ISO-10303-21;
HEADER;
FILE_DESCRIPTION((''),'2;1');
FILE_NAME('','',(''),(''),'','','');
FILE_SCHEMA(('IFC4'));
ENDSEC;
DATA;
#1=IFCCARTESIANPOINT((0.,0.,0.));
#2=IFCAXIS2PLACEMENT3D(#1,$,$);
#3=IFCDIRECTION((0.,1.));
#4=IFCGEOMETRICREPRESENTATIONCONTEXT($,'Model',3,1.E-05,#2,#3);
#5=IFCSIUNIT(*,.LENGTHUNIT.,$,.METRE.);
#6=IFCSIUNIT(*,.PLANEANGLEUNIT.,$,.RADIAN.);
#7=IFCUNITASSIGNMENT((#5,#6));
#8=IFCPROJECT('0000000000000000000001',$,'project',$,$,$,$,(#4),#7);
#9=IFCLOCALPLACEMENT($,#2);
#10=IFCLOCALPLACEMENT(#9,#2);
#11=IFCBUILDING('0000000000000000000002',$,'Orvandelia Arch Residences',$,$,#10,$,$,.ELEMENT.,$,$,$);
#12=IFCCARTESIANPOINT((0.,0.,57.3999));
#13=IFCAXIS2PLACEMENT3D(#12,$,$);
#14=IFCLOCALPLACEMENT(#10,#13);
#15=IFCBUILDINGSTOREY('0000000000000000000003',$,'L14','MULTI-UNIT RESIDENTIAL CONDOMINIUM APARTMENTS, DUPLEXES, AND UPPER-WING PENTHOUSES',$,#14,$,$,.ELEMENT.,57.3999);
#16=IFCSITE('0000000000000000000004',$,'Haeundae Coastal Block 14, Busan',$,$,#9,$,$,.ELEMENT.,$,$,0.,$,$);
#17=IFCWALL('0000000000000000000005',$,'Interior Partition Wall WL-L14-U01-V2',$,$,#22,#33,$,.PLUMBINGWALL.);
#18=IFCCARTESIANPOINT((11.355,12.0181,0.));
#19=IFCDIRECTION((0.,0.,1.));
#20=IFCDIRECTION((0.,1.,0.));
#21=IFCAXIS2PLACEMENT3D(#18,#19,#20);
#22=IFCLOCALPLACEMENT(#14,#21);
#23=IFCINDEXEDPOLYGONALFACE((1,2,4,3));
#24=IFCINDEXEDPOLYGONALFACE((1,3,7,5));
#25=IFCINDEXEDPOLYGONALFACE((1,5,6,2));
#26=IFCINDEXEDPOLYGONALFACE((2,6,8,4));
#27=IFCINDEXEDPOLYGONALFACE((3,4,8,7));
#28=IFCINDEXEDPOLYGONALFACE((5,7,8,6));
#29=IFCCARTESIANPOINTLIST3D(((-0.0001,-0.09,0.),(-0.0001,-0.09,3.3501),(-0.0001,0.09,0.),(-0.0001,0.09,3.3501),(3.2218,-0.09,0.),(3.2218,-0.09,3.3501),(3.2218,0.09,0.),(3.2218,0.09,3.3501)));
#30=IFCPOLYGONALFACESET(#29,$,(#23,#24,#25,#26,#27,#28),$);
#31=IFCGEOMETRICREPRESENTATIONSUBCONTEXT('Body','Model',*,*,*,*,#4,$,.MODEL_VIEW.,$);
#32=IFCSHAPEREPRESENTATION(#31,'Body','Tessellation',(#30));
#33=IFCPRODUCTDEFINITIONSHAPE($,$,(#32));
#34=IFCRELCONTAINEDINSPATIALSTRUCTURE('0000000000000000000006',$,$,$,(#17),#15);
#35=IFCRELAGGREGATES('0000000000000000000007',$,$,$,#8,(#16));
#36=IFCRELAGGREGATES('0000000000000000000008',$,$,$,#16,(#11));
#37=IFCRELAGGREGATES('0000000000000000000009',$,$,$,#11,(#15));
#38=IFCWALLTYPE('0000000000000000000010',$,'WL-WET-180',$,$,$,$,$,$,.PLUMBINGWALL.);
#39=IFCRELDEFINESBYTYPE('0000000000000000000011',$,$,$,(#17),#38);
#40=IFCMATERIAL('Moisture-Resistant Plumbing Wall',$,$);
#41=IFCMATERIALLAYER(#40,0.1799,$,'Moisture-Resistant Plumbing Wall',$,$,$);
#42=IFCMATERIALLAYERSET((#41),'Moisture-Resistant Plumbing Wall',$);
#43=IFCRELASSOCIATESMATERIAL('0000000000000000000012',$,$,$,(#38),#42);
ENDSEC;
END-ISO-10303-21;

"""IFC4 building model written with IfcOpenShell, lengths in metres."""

from ifc_helpers import new_model, si_unit, direction, frame, frame_2d, origin, place, context, subcontext, project, spatial, rectangle, extrude, material, layer, layer_set, type_object, element, save


model = new_model("IFC4")

# Units and contexts
model_context = context("Model", 3, precision=1e-05, world=origin(), true_north=direction((0.0, 1.0)))
body_context = subcontext(model_context, "Body", "Model", "MODEL_VIEW")
ifc_project = project(units=[si_unit("LENGTHUNIT", "METRE"), si_unit("PLANEANGLEUNIT", "RADIAN")], contexts=[model_context])

# Site, building, storey
site_placement = place(None, origin())
site = spatial("IfcSite", under=ifc_project, at=site_placement, Name="Haeundae Coastal Block 14, Busan", CompositionType="ELEMENT", RefElevation=0.0)
building_placement = place(site_placement, origin())
building = spatial("IfcBuilding", under=site, at=building_placement, Name="Orvandelia Arch Residences", CompositionType="ELEMENT")
storey_placement = place(building_placement, frame((0.0, 0.0, 57.3999)))
storey = spatial("IfcBuildingStorey", under=building, at=storey_placement, Name="L14", Description="MULTI-UNIT RESIDENTIAL CONDOMINIUM APARTMENTS, DUPLEXES, AND UPPER-WING PENTHOUSES", CompositionType="ELEMENT", Elevation=57.3999)

# Wall
ifc_material_1 = material(Name="Moisture-Resistant Plumbing Wall")
ifc_layer_1 = layer(ifc_material_1, 0.1799, Name="Moisture-Resistant Plumbing Wall")
ifc_layer_set_1 = layer_set([ifc_layer_1], Name="Moisture-Resistant Plumbing Wall")
wall_type_1 = type_object("IfcWallType", Name="WL-WET-180", PredefinedType="PLUMBINGWALL", material=ifc_layer_set_1)
wall_1_placement = place(storey_placement, frame((11.355, 12.0181, 0.0), z_axis=(0.0, 0.0, 1.0), x_axis=(0.0, 1.0, 0.0)))
element("IfcWall", 1, at=wall_1_placement, inside=storey, type_object=wall_type_1, Name="Interior Partition Wall WL-L14-U01-V2", PredefinedType="PLUMBINGWALL", context=body_context, shape_type="SweptSolid", body=[
    extrude(rectangle(XDim=3.2219, YDim=0.1799, at=frame_2d((1.6108, 0.0))), origin(), (0.0, 0.0, 1.0), 3.3501),
])

save(model, "model.ifc")
